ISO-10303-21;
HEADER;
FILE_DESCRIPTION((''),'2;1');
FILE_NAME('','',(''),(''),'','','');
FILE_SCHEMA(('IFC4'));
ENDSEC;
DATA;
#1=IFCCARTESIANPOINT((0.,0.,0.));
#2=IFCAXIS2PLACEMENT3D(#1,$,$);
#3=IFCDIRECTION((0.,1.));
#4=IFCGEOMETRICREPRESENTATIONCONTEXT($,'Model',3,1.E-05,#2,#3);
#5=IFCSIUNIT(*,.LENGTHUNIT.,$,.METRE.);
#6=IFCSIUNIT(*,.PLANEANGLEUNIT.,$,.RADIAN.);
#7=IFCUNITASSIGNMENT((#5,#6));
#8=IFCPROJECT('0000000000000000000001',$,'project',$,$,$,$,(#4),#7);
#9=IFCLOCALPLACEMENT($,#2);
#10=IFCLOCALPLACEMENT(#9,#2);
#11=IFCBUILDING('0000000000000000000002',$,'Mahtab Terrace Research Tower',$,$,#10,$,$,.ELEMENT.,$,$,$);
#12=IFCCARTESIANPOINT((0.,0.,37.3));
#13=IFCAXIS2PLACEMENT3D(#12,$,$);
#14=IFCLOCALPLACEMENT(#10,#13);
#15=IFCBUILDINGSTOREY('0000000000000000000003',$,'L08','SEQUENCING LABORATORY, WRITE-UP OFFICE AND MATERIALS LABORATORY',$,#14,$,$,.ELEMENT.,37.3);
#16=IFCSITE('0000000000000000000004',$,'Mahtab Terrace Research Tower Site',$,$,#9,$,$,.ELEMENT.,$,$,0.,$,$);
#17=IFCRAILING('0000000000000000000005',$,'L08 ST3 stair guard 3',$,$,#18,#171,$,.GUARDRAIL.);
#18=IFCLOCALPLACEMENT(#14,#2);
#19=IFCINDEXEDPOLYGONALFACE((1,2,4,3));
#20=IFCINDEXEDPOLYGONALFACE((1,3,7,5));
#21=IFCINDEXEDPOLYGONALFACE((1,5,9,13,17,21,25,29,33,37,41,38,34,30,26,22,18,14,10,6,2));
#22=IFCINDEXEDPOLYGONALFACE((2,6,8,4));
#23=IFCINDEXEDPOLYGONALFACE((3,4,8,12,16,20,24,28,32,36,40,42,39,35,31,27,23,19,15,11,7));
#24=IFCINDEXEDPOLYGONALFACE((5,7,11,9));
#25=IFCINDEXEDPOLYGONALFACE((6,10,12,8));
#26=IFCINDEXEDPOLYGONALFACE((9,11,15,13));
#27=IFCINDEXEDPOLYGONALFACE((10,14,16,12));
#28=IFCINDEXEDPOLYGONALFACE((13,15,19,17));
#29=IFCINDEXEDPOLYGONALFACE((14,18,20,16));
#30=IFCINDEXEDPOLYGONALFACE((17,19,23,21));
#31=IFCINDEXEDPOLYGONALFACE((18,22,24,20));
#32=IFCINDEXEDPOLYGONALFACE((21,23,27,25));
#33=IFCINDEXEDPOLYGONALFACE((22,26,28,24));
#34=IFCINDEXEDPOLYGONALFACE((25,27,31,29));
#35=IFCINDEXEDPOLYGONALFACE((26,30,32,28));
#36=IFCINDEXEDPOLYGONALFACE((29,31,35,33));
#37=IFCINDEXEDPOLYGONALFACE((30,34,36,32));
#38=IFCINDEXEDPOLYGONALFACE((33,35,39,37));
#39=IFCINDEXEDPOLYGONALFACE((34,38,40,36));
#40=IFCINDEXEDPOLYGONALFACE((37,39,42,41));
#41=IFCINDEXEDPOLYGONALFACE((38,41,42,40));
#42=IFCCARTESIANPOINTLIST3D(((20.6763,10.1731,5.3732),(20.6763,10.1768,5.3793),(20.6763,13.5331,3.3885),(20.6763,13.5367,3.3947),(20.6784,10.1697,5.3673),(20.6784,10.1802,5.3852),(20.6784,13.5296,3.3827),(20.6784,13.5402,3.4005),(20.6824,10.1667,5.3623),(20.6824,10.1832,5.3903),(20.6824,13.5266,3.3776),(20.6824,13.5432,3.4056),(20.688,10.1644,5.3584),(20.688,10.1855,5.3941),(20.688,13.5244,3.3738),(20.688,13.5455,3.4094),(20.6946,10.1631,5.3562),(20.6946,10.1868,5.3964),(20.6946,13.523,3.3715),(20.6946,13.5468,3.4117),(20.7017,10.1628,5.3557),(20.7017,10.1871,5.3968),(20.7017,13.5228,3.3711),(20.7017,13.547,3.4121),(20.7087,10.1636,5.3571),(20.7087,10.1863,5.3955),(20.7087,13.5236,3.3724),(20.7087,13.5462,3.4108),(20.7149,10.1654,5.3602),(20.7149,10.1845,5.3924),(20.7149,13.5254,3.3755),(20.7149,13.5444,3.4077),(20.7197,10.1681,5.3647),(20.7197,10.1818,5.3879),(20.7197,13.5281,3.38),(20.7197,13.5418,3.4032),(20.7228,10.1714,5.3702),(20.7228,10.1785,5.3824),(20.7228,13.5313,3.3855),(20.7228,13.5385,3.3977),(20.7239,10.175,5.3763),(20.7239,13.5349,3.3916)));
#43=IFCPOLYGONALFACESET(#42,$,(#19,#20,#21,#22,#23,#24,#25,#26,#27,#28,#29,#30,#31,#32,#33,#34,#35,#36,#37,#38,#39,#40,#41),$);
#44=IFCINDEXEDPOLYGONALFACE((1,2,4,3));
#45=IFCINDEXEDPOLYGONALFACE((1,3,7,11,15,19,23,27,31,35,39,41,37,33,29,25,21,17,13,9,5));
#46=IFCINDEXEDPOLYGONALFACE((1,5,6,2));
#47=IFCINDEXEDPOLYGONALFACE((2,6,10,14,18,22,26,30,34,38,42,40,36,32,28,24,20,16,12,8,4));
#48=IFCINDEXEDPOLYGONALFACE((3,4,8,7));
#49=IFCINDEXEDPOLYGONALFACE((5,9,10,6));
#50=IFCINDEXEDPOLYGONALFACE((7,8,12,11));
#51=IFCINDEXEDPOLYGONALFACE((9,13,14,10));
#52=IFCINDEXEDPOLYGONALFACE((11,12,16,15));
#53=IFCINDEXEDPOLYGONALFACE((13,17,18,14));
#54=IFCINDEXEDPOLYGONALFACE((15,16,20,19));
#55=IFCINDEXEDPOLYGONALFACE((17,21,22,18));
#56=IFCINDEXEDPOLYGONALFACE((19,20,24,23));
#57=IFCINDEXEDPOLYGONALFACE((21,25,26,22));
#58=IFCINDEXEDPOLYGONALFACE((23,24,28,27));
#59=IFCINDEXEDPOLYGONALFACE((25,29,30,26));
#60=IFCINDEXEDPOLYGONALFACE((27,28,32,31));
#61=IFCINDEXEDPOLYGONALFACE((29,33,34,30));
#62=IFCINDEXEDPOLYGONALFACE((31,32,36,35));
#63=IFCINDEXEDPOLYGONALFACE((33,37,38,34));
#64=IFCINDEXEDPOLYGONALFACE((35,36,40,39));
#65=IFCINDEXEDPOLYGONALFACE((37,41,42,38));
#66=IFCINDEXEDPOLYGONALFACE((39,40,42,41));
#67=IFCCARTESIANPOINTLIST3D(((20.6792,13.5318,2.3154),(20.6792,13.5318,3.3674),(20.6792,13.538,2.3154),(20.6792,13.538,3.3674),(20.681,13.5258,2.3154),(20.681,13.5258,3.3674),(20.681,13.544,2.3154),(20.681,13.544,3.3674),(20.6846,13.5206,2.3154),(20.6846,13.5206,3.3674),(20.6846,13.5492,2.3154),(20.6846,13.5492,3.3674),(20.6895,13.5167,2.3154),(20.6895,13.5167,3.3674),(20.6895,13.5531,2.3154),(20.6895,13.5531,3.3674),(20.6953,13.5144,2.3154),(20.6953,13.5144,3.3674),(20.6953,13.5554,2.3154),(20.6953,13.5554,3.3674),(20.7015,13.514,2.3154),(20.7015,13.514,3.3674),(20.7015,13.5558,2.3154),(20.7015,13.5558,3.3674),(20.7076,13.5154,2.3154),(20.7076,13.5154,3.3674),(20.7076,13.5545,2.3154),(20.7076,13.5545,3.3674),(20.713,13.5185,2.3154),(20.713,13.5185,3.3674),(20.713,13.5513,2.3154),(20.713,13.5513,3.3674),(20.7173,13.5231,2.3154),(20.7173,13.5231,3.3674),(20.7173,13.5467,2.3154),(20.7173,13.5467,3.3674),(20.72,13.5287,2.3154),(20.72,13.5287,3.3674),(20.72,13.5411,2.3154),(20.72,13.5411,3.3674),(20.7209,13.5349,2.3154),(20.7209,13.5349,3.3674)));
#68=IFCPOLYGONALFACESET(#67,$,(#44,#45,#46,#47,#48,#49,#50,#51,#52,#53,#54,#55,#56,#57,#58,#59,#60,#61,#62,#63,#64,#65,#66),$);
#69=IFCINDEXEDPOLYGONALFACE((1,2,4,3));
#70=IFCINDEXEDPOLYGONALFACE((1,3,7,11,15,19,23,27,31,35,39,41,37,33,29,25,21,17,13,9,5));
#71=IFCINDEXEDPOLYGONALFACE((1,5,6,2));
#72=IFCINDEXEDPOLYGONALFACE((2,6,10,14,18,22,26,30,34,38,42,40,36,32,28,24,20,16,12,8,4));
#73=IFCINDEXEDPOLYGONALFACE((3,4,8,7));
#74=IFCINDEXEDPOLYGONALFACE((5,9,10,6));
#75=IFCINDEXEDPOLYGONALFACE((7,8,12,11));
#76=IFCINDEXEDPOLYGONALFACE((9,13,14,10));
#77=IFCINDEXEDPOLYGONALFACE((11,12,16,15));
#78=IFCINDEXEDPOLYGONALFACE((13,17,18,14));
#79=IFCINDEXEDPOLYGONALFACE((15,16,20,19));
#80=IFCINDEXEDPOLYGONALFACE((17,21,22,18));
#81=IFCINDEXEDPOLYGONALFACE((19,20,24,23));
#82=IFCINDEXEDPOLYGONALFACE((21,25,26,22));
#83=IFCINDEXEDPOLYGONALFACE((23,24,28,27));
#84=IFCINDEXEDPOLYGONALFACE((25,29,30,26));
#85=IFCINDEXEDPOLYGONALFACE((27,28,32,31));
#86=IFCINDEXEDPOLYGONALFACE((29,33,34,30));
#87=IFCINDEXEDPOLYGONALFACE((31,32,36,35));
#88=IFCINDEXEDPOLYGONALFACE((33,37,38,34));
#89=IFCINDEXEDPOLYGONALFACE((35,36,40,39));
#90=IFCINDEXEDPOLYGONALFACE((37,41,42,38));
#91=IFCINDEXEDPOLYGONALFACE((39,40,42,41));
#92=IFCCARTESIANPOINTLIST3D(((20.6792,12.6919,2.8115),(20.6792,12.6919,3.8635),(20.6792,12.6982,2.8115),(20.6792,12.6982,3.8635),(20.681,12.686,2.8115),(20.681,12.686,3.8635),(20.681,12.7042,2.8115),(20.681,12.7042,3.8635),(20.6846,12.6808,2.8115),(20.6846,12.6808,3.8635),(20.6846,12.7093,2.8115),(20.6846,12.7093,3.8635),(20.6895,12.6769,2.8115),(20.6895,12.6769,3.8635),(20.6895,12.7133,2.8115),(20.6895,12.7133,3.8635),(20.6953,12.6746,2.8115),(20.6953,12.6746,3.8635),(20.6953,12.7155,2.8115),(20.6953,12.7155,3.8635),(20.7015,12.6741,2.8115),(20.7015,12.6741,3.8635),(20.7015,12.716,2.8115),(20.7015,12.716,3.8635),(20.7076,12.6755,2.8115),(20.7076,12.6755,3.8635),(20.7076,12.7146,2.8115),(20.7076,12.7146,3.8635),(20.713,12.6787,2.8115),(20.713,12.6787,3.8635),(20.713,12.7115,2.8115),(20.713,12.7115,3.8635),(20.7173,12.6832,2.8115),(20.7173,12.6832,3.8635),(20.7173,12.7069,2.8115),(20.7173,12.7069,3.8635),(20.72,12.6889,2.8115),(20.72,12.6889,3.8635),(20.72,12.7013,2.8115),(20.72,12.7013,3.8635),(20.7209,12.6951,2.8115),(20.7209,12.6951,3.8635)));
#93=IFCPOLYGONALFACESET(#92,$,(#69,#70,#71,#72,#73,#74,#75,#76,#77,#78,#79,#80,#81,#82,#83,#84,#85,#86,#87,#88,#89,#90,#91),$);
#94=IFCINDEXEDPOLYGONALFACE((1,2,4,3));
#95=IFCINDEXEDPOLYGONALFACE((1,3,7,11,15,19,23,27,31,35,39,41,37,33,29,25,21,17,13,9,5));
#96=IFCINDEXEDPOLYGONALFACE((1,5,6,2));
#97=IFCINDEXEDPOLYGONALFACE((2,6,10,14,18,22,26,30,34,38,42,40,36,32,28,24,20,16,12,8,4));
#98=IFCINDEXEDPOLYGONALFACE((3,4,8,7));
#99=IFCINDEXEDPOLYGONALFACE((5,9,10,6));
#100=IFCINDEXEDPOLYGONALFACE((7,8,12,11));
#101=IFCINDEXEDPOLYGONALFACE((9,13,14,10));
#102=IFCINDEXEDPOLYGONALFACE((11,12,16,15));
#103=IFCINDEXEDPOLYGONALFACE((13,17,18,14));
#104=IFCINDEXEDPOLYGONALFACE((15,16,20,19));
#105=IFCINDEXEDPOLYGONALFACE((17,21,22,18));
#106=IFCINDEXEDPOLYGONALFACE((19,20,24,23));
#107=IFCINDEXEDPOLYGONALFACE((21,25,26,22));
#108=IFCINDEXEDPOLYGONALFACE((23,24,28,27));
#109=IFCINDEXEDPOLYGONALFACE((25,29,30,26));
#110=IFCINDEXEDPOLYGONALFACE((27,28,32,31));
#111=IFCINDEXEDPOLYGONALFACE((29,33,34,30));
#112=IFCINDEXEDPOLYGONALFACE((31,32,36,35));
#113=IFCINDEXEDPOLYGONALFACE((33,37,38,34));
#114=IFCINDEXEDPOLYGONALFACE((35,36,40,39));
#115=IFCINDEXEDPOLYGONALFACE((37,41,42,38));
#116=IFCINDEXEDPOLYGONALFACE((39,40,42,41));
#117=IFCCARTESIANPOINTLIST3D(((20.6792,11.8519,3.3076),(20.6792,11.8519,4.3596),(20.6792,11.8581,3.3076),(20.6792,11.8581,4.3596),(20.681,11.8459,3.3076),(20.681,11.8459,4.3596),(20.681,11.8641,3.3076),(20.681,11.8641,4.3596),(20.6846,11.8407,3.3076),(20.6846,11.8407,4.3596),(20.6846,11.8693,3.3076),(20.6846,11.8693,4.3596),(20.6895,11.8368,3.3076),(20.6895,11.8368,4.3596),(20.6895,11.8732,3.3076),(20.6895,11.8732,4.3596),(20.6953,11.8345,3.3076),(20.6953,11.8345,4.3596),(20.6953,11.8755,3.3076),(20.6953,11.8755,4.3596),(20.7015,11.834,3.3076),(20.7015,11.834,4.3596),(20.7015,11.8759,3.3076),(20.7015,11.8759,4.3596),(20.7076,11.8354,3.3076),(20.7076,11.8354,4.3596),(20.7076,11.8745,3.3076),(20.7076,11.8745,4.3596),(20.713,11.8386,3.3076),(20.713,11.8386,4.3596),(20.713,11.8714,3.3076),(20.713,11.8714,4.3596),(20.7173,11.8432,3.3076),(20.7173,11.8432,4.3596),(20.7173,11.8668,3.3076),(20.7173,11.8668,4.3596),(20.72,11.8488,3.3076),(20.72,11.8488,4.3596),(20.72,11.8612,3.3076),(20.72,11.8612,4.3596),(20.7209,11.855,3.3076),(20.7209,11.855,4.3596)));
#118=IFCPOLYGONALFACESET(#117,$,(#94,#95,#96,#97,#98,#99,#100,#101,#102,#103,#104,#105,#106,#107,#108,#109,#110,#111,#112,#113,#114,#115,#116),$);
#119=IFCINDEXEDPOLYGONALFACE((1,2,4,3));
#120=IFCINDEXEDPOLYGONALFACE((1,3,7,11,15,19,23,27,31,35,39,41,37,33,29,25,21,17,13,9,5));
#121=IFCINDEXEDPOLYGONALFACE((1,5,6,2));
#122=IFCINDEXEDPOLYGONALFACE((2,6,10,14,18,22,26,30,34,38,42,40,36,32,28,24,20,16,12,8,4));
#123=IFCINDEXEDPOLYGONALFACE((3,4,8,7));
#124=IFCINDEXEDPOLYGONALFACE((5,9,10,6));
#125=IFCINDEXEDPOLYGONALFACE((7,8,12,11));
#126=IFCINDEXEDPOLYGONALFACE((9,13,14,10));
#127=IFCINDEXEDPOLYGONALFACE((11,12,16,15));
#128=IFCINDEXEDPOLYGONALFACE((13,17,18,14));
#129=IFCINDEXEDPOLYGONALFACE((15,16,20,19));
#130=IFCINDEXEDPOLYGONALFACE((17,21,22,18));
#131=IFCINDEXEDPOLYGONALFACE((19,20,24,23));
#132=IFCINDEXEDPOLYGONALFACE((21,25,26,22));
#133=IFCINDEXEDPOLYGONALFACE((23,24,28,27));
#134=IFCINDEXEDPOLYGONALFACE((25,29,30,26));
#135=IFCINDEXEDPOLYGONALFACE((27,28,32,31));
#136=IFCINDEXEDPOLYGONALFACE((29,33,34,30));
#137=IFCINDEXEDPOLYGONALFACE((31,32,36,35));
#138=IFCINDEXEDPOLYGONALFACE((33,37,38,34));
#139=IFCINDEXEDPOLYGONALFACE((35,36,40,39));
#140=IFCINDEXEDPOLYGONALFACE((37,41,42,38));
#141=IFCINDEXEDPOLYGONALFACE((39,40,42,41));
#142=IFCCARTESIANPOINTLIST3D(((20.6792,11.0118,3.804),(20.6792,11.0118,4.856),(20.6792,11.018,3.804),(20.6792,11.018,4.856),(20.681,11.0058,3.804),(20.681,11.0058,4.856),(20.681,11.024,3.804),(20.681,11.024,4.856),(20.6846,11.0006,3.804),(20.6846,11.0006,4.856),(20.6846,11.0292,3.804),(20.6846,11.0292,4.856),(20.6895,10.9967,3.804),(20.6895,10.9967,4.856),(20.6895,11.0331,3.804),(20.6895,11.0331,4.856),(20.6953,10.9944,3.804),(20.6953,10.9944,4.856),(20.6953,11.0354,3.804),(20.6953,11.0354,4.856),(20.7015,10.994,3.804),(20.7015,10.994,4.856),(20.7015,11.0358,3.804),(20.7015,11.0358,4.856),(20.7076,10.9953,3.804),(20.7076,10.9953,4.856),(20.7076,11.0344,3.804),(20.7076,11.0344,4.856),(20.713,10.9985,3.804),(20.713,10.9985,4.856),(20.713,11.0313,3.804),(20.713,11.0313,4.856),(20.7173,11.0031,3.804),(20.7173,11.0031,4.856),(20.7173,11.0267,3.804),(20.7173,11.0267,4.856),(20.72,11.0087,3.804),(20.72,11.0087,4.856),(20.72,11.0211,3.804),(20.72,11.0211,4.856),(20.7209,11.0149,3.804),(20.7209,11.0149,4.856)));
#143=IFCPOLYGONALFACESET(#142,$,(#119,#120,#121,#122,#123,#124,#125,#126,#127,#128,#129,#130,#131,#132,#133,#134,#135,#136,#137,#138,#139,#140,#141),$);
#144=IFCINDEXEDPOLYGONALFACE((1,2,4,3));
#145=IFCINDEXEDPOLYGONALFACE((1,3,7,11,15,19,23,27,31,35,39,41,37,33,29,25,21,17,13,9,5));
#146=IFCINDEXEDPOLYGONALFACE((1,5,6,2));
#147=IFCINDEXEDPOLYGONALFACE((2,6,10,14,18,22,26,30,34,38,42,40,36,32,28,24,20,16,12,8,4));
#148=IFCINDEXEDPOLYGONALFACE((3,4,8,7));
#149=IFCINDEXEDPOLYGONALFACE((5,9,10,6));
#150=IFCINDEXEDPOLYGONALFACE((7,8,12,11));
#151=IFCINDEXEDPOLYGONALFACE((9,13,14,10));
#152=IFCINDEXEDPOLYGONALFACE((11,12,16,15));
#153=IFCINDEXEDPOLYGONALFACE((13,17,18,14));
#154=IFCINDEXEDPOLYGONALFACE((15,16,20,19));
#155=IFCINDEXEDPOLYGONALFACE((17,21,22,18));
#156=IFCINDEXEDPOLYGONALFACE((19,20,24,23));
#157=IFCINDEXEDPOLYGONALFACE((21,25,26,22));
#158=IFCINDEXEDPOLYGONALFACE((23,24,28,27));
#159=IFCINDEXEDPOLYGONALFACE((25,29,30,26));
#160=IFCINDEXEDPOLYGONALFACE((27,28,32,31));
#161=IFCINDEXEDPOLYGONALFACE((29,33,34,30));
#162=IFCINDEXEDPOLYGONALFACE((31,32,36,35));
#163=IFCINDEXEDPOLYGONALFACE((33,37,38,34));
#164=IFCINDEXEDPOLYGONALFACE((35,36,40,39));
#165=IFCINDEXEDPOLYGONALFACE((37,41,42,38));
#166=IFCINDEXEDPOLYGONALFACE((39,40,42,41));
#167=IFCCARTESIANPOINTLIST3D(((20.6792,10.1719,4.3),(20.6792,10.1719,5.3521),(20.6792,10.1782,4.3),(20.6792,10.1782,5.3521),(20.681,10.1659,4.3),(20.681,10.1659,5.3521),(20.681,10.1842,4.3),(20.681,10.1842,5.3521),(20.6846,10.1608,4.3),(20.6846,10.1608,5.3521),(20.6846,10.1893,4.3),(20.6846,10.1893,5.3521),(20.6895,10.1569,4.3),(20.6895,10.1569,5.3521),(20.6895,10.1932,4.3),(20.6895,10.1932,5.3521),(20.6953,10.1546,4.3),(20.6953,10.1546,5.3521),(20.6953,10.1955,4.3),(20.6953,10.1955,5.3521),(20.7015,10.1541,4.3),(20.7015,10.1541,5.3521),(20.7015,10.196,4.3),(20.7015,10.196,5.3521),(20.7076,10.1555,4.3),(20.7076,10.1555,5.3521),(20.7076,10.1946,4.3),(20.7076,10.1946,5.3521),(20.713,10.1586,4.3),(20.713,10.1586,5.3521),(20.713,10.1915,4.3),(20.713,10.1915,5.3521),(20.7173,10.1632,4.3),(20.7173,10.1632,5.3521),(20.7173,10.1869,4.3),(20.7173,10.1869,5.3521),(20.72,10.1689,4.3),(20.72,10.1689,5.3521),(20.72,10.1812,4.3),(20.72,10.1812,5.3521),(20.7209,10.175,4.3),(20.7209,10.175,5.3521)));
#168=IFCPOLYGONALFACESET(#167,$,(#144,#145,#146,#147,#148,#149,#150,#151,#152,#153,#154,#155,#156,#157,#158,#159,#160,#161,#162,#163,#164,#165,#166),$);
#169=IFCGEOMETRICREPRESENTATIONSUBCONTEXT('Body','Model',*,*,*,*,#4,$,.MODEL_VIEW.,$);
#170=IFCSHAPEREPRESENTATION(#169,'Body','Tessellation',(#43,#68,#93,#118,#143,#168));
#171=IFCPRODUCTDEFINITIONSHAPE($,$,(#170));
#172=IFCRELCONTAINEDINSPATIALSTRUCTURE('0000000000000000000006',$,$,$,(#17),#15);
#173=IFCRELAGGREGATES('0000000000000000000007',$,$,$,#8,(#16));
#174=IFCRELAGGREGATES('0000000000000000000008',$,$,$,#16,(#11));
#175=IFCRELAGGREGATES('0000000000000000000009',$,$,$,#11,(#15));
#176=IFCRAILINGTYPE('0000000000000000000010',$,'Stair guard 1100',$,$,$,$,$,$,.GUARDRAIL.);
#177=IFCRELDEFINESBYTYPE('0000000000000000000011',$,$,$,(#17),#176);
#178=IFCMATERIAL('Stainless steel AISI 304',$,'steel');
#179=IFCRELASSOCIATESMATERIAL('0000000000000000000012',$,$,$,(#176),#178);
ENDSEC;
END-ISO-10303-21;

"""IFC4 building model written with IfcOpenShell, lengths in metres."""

from ifc_helpers import new_model, si_unit, direction, frame, origin, origin_2d, place, context, subcontext, project, spatial, circle, extrude, material, type_object, element, save


model = new_model("IFC4")

# Units and contexts
model_context = context("Model", 3, precision=1e-05, world=origin(), true_north=direction((0.0, 1.0)))
body_context = subcontext(model_context, "Body", "Model", "MODEL_VIEW")
ifc_project = project(units=[si_unit("LENGTHUNIT", "METRE"), si_unit("PLANEANGLEUNIT", "RADIAN")], contexts=[model_context])

# Site, building, storey
site_placement = place(None, origin())
site = spatial("IfcSite", under=ifc_project, at=site_placement, Name="Mahtab Terrace Research Tower Site", CompositionType="ELEMENT", RefElevation=0.0)
building_placement = place(site_placement, origin())
building = spatial("IfcBuilding", under=site, at=building_placement, Name="Mahtab Terrace Research Tower", CompositionType="ELEMENT")
storey_placement = place(building_placement, frame((0.0, 0.0, 37.3)))
storey = spatial("IfcBuildingStorey", under=building, at=storey_placement, Name="L08", Description="SEQUENCING LABORATORY, WRITE-UP OFFICE AND MATERIALS LABORATORY", CompositionType="ELEMENT", Elevation=37.3)

# Shared definitions
ifc_material_1 = material(Name="Stainless steel AISI 304", Category="steel")

# Railing
railing_type_1 = type_object("IfcRailingType", Name="Stair guard 1100", PredefinedType="GUARDRAIL", material=ifc_material_1)
railing_1_placement = place(storey_placement, frame((20.7, 13.5349, 2.3154)))
element("IfcRailing", 1, at=railing_1_placement, inside=storey, type_object=railing_type_1, Name="L08 ST3 stair guard 3", PredefinedType="GUARDRAIL", context=body_context, shape_type="SweptSolid", body=[
    extrude(circle(Radius=0.0239, at=origin_2d()), frame((0.0, 0.0, 1.0762), z_axis=(0.0, -0.861011, 0.508586), x_axis=(1.0, 0.0, 0.0)), (0.0, 0.0, 1.0), 3.9023),
    extrude(circle(Radius=0.021, at=origin_2d()), origin(), (0.0, 0.0, 1.0), 1.052),
    extrude(circle(Radius=0.021, at=origin_2d()), frame((0.0, -0.8398, 0.4961)), (0.0, 0.0, 1.0), 1.052),
    extrude(circle(Radius=0.021, at=origin_2d()), frame((0.0, -1.6799, 0.9922)), (0.0, 0.0, 1.0), 1.052),
    extrude(circle(Radius=0.021, at=origin_2d()), frame((0.0, -2.52, 1.4885)), (0.0, 0.0, 1.0), 1.052),
    extrude(circle(Radius=0.021, at=origin_2d()), frame((0.0, -3.3599, 1.9846)), (0.0, 0.0, 1.0), 1.052),
])

save(model, "model.ifc")
